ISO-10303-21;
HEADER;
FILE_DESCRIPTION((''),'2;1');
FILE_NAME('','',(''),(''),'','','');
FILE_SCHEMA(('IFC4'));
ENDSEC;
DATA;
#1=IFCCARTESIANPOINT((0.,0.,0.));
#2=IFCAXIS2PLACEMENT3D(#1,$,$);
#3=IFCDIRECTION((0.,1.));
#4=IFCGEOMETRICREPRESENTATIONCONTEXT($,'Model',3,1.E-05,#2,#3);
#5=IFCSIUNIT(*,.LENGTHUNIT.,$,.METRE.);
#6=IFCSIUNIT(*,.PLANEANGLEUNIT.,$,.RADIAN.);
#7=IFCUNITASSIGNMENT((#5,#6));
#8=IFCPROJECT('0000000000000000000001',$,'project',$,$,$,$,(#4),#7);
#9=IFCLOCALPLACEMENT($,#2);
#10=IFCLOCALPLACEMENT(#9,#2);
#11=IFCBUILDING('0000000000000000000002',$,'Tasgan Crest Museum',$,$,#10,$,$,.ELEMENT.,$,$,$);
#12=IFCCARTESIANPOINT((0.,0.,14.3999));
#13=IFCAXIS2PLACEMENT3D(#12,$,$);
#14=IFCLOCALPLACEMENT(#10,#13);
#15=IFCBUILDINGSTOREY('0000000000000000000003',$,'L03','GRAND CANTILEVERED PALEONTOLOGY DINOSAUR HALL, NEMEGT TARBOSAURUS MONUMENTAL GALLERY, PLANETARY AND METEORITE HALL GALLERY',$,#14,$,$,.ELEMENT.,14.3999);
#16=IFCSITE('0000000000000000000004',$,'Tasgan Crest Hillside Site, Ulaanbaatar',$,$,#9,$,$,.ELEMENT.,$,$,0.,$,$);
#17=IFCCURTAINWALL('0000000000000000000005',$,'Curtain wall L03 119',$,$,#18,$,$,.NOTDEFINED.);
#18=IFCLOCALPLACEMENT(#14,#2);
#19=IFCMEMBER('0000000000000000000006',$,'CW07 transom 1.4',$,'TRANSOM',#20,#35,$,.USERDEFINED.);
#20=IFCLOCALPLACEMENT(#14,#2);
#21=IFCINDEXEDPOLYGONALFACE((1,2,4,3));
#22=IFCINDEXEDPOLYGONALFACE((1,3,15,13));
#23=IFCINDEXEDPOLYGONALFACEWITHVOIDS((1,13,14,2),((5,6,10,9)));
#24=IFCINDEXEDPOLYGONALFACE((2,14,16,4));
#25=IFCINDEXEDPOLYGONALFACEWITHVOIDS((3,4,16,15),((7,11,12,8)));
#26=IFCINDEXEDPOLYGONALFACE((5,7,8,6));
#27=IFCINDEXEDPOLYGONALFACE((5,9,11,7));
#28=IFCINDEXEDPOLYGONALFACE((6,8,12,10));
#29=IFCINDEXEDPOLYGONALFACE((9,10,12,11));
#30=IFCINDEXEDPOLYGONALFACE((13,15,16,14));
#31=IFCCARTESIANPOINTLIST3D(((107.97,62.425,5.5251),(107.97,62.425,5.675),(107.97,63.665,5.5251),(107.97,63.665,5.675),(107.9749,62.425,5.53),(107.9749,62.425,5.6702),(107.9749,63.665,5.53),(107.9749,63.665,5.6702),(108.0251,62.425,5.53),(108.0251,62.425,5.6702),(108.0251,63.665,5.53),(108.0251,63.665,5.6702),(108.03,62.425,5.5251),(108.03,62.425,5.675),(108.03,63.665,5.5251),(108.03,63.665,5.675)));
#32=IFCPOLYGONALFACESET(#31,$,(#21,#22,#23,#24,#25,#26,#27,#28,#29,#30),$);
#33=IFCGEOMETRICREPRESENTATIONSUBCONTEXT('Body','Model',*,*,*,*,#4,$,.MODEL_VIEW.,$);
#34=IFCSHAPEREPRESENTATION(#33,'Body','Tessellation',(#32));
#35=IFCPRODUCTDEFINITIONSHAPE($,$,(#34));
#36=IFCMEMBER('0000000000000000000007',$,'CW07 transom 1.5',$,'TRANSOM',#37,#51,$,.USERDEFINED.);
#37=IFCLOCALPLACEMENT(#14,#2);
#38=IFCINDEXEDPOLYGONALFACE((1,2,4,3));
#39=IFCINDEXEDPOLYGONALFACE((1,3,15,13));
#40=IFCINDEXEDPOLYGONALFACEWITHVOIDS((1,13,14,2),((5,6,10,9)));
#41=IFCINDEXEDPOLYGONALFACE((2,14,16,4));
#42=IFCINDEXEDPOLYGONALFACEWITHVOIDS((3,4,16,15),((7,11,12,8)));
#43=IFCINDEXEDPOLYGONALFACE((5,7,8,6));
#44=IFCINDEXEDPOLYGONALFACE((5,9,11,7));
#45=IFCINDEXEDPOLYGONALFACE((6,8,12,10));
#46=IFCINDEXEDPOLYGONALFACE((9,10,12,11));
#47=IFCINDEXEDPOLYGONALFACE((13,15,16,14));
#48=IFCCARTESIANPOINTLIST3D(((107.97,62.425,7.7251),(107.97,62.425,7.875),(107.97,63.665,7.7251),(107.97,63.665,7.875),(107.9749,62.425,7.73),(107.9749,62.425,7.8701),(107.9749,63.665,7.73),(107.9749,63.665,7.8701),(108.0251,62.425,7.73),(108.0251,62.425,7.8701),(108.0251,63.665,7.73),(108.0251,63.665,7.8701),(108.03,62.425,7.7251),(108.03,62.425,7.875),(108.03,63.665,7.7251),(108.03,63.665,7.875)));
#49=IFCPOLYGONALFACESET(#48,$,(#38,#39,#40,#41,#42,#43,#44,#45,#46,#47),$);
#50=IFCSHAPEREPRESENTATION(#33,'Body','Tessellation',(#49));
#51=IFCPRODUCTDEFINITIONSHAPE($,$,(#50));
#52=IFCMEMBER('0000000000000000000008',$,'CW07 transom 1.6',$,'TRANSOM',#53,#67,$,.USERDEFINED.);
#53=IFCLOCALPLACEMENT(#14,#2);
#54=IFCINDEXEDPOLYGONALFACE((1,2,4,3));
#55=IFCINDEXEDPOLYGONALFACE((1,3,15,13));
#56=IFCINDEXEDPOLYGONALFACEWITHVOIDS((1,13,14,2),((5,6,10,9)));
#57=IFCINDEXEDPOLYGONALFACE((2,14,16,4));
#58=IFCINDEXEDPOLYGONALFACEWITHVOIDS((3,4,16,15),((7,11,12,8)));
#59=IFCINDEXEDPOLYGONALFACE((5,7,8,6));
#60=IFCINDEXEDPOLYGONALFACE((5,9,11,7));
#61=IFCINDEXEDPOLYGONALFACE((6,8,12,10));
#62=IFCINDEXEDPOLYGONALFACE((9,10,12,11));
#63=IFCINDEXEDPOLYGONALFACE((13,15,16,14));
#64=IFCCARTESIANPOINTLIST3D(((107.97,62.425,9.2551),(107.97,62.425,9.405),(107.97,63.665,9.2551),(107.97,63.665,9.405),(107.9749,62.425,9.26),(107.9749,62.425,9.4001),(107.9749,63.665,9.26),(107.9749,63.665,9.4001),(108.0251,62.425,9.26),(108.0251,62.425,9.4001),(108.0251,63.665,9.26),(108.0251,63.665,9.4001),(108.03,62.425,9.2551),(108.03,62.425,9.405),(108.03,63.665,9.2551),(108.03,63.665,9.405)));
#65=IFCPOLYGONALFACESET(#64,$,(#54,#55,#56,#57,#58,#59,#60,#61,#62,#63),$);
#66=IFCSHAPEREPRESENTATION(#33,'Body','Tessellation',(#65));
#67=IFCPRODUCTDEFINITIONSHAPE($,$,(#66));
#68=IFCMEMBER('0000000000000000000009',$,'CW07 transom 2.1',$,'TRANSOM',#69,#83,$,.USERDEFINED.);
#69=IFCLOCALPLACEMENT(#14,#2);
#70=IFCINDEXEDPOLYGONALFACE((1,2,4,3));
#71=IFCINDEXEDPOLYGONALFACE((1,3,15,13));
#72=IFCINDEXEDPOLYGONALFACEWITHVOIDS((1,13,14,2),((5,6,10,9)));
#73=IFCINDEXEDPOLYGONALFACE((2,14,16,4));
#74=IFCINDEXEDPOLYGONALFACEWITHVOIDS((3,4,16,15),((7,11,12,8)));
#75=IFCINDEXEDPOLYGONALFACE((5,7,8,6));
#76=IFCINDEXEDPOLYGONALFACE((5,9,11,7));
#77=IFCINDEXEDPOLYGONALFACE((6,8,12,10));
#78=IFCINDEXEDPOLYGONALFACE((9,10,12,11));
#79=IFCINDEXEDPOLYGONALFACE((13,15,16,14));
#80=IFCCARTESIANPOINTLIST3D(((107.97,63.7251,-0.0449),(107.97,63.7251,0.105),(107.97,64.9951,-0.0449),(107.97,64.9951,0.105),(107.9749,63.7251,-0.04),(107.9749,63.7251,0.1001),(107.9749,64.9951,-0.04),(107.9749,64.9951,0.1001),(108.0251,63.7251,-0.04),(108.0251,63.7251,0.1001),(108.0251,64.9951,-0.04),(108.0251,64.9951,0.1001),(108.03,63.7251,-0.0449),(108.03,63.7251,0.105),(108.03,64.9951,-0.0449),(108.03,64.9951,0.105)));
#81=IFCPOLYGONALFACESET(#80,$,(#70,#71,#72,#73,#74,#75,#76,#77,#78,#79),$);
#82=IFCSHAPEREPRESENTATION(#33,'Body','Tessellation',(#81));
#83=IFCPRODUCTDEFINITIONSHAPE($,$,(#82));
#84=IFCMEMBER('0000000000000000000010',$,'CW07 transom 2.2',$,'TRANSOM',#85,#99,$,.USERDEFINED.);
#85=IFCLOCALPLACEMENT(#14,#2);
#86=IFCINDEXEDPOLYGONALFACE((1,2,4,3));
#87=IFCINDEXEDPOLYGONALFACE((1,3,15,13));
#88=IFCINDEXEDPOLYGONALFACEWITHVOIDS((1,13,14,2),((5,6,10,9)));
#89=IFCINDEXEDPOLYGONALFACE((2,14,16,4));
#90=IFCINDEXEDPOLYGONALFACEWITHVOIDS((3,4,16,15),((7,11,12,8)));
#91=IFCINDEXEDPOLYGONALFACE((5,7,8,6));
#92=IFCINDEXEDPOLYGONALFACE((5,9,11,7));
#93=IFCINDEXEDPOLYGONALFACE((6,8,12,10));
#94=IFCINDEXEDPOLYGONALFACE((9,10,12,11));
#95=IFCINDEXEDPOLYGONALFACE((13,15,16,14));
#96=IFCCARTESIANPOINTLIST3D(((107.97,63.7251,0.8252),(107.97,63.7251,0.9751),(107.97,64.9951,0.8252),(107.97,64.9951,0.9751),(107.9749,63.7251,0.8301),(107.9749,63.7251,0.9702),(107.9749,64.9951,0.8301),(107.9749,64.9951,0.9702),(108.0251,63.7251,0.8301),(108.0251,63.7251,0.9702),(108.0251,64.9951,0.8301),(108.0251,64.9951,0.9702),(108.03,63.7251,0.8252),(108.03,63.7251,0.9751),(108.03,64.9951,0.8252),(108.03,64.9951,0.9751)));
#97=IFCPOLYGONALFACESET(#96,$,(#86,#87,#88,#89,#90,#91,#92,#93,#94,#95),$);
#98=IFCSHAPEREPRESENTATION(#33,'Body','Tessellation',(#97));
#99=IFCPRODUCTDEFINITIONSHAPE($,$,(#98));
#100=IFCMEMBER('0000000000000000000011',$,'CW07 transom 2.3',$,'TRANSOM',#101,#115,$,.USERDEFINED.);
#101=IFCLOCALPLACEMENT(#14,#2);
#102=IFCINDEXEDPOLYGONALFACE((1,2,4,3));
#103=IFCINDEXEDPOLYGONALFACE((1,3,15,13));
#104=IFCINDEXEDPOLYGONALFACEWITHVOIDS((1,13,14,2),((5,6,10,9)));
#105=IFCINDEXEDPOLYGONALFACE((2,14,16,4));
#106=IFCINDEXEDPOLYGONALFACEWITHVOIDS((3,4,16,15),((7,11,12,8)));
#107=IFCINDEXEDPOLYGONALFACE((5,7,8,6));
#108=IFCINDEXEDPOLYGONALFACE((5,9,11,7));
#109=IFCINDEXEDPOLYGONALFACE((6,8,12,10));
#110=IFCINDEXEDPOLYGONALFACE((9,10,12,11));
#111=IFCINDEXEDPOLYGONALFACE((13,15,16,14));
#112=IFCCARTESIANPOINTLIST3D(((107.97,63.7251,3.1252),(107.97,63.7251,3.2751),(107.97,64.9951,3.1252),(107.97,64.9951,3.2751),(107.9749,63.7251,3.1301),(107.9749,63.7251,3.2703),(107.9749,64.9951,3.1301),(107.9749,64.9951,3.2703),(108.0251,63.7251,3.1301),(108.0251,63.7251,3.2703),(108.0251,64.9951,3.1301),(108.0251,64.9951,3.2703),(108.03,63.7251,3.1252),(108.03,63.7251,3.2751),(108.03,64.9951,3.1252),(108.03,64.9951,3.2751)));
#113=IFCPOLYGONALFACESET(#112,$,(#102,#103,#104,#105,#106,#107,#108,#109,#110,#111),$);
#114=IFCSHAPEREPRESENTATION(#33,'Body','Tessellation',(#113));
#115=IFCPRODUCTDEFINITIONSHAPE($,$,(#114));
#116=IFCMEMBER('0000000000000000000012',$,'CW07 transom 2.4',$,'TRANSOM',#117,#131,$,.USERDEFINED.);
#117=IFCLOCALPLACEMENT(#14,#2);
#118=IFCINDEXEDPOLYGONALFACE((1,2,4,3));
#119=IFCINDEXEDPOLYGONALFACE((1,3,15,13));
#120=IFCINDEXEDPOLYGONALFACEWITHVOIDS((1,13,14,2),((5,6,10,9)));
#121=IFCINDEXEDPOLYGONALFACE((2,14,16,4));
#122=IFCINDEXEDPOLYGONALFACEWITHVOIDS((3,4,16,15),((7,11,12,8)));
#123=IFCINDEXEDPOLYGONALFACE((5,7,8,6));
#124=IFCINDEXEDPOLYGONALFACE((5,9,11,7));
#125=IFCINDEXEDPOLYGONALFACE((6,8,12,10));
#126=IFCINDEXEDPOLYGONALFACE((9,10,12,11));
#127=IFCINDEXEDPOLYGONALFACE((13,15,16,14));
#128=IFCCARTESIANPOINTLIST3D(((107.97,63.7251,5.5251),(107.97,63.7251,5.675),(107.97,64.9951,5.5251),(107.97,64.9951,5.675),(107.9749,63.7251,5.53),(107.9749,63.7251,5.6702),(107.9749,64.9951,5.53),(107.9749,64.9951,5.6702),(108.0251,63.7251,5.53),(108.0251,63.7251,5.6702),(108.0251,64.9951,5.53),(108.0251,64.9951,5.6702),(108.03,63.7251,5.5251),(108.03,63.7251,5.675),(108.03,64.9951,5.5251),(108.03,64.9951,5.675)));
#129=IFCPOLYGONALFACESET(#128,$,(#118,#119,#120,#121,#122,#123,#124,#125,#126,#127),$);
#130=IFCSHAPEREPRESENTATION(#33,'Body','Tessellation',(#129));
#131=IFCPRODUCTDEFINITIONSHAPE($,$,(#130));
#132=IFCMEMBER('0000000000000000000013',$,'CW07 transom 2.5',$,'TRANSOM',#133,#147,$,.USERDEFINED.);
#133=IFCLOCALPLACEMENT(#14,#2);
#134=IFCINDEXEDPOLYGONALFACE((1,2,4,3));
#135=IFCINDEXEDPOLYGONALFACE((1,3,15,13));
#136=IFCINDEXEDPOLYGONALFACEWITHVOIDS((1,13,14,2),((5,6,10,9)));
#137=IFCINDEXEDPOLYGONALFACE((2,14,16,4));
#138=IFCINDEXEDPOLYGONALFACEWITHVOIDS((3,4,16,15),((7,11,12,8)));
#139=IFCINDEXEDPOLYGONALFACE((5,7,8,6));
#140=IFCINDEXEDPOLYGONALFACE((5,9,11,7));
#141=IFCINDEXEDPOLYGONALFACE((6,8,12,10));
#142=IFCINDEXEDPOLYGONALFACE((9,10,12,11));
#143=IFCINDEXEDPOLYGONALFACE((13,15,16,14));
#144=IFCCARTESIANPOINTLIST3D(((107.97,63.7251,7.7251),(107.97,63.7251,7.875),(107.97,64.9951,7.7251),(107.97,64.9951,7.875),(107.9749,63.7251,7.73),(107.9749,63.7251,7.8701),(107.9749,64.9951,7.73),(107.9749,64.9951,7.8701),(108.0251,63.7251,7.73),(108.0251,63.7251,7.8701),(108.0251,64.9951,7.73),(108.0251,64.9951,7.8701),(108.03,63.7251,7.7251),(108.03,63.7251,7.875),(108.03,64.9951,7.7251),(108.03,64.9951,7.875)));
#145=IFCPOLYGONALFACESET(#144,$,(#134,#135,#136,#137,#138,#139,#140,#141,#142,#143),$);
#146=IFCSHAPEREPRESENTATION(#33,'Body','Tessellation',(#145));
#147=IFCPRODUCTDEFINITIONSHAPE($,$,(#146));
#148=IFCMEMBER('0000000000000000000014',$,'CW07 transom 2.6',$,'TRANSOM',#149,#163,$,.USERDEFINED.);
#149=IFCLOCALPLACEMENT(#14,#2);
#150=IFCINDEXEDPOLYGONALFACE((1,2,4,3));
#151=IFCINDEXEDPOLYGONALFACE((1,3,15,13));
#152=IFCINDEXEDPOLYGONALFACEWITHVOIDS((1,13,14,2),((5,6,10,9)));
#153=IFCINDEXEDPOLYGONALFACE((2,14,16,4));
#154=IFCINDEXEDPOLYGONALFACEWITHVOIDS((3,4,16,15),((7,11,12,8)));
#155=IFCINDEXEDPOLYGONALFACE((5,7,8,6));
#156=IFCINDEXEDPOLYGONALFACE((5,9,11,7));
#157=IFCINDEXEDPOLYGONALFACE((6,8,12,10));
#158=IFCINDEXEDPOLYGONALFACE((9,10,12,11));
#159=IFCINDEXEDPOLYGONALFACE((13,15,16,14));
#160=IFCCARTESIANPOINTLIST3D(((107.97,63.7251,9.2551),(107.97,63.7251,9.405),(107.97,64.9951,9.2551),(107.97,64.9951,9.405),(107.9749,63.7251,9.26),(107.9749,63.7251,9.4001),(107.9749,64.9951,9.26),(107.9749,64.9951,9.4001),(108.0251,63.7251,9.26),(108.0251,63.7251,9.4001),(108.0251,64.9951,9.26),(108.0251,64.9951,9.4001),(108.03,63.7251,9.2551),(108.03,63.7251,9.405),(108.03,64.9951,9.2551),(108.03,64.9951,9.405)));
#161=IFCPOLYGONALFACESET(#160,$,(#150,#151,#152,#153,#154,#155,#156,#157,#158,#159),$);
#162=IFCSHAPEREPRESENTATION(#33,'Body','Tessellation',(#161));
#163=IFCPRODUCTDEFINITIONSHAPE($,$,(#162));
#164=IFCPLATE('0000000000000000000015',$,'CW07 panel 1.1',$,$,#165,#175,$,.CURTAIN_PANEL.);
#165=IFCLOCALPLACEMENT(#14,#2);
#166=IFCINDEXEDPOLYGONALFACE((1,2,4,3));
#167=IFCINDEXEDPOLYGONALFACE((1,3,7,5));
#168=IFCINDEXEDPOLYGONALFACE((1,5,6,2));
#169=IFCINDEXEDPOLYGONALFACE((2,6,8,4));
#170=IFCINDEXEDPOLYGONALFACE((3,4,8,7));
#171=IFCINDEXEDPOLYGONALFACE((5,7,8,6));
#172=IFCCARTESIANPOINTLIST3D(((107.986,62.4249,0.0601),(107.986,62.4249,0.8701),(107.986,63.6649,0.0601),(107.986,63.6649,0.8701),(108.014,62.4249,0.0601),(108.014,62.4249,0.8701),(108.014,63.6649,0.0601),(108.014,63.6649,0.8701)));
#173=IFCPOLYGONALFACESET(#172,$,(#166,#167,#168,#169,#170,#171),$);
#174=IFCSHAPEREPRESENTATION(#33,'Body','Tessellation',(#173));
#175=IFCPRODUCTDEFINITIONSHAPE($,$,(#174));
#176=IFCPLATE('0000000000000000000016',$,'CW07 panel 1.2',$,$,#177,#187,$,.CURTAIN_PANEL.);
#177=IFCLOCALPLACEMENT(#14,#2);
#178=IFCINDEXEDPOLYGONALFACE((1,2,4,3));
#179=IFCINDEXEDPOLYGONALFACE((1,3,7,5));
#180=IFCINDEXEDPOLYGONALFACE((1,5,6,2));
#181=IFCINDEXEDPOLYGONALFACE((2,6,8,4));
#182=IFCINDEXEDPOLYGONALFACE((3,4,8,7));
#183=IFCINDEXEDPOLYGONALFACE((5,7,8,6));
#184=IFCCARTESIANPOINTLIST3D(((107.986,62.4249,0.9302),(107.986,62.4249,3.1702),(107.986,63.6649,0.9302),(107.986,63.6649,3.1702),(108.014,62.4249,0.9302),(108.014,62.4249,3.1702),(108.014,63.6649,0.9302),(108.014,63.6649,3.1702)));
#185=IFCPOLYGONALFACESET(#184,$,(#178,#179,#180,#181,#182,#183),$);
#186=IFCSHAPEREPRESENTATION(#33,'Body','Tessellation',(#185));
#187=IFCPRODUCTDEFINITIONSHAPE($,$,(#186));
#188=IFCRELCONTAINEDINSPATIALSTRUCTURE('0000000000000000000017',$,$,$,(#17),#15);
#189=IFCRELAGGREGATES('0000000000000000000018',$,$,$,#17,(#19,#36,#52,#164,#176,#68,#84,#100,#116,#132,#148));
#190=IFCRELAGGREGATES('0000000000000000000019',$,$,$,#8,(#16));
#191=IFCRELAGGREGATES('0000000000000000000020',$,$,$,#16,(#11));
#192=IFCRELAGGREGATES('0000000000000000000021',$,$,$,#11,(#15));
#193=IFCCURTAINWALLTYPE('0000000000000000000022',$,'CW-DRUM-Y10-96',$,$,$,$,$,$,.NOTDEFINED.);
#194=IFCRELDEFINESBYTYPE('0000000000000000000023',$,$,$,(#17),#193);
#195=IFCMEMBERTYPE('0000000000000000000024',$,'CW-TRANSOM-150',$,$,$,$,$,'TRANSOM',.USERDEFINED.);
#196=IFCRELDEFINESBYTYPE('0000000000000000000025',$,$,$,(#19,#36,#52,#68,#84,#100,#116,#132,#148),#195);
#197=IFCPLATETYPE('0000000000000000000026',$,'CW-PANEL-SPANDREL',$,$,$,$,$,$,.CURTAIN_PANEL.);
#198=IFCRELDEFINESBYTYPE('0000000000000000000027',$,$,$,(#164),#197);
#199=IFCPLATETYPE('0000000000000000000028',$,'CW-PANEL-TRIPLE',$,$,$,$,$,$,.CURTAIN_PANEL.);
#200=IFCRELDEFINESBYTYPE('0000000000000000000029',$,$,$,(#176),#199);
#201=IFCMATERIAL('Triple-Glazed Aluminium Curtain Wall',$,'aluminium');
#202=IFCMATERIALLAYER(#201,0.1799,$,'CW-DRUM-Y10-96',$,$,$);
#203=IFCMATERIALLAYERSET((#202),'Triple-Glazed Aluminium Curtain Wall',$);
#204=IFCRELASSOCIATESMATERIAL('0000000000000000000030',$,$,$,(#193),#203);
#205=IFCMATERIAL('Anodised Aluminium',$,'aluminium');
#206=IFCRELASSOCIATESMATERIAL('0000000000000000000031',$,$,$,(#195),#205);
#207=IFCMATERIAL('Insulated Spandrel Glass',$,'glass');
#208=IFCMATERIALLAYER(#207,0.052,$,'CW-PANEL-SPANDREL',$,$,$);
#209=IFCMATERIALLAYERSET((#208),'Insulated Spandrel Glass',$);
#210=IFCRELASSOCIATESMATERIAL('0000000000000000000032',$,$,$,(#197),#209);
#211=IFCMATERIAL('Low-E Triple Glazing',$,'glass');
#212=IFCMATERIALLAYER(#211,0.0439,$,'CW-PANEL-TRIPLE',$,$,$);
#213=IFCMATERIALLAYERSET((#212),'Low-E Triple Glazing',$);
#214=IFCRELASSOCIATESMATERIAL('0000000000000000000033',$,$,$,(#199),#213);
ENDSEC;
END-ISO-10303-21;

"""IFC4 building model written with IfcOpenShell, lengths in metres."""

from ifc_helpers import new_model, si_unit, direction, frame, origin, origin_2d, place, context, subcontext, project, spatial, rectangle, hollow_rectangle, extrude, material, layer, layer_set, material_profile, profile_set, type_object, element, aggregate, save


model = new_model("IFC4")

# Units and contexts
model_context = context("Model", 3, precision=1e-05, world=origin(), true_north=direction((0.0, 1.0)))
body_context = subcontext(model_context, "Body", "Model", "MODEL_VIEW")
ifc_project = project(units=[si_unit("LENGTHUNIT", "METRE"), si_unit("PLANEANGLEUNIT", "RADIAN")], contexts=[model_context])

# Site, building, storey
site_placement = place(None, origin())
site = spatial("IfcSite", under=ifc_project, at=site_placement, Name="Tasgan Crest Hillside Site, Ulaanbaatar", CompositionType="ELEMENT", RefElevation=0.0)
building_placement = place(site_placement, origin())
building = spatial("IfcBuilding", under=site, at=building_placement, Name="Tasgan Crest Museum", CompositionType="ELEMENT")
storey_placement = place(building_placement, frame((0.0, 0.0, 14.3999)))
storey = spatial("IfcBuildingStorey", under=building, at=storey_placement, Name="L03", Description="GRAND CANTILEVERED PALEONTOLOGY DINOSAUR HALL, NEMEGT TARBOSAURUS MONUMENTAL GALLERY, PLANETARY AND METEORITE HALL GALLERY", CompositionType="ELEMENT", Elevation=14.3999)

# Curtain wall, members, plates
ifc_material_1 = material(Name="Triple-Glazed Aluminium Curtain Wall", Category="aluminium")
ifc_layer_1 = layer(ifc_material_1, 0.1799, Name="CW-DRUM-Y10-96")
ifc_layer_set_1 = layer_set([ifc_layer_1], Name="Triple-Glazed Aluminium Curtain Wall")
curtain_wall_type = type_object("IfcCurtainWallType", Name="CW-DRUM-Y10-96", PredefinedType="NOTDEFINED", material=ifc_layer_set_1)
curtain_wall_placement = place(storey_placement, origin())
curtain_wall = element("IfcCurtainWall", 1, at=curtain_wall_placement, inside=storey, type_object=curtain_wall_type, Name="Curtain wall L03 119", PredefinedType="NOTDEFINED")
ifc_material_2 = material(Name="Anodised Aluminium", Category="aluminium")
ifc_material_profile_1 = material_profile(ifc_material_2, hollow_rectangle(XDim=0.0601, YDim=0.1499, WallThickness=0.0049, at=origin_2d()), Name="ALU TRANSOM 150x60x5")
ifc_profile_set_1 = profile_set([ifc_material_profile_1], Name="Anodised Aluminium")
member_type_1 = type_object("IfcMemberType", Name="CW-TRANSOM-150", ElementType="TRANSOM", PredefinedType="USERDEFINED", material=ifc_profile_set_1)
member_1_placement = place(storey_placement, frame((108.0, 62.425, 5.6001), z_axis=(0.0, 1.0, 0.0), x_axis=(-1.0, 0.0, 0.0)))
member_1 = element("IfcMember", 2, at=member_1_placement, type_object=member_type_1, Name="CW07 transom 1.4", ObjectType="TRANSOM", PredefinedType="USERDEFINED", context=body_context, shape_type="SweptSolid", body=[
    extrude(hollow_rectangle(XDim=0.0601, YDim=0.1499, WallThickness=0.0049, at=origin_2d()), origin(), (0.0, 0.0, 1.0), 1.24),
])
member_2_placement = place(storey_placement, frame((108.0, 62.425, 7.8), z_axis=(0.0, 1.0, 0.0), x_axis=(-1.0, 0.0, 0.0)))
member_2 = element("IfcMember", 3, at=member_2_placement, type_object=member_type_1, Name="CW07 transom 1.5", ObjectType="TRANSOM", PredefinedType="USERDEFINED", context=body_context, shape_type="SweptSolid", body=[
    extrude(hollow_rectangle(XDim=0.0601, YDim=0.1499, WallThickness=0.0049, at=origin_2d()), origin(), (0.0, 0.0, 1.0), 1.24),
])
member_3_placement = place(storey_placement, frame((108.0, 62.425, 9.3301), z_axis=(0.0, 1.0, 0.0), x_axis=(-1.0, 0.0, 0.0)))
member_3 = element("IfcMember", 4, at=member_3_placement, type_object=member_type_1, Name="CW07 transom 1.6", ObjectType="TRANSOM", PredefinedType="USERDEFINED", context=body_context, shape_type="SweptSolid", body=[
    extrude(hollow_rectangle(XDim=0.0601, YDim=0.1499, WallThickness=0.0049, at=origin_2d()), origin(), (0.0, 0.0, 1.0), 1.24),
])
member_4_placement = place(storey_placement, frame((108.0, 63.7251, 0.03), z_axis=(0.0, 1.0, 0.0), x_axis=(-1.0, 0.0, 0.0)))
member_4 = element("IfcMember", 5, at=member_4_placement, type_object=member_type_1, Name="CW07 transom 2.1", ObjectType="TRANSOM", PredefinedType="USERDEFINED", context=body_context, shape_type="SweptSolid", body=[
    extrude(hollow_rectangle(XDim=0.0601, YDim=0.1499, WallThickness=0.0049, at=origin_2d()), origin(), (0.0, 0.0, 1.0), 1.27),
])
member_5_placement = place(storey_placement, frame((108.0, 63.7251, 0.9001), z_axis=(0.0, 1.0, 0.0), x_axis=(-1.0, 0.0, 0.0)))
member_5 = element("IfcMember", 6, at=member_5_placement, type_object=member_type_1, Name="CW07 transom 2.2", ObjectType="TRANSOM", PredefinedType="USERDEFINED", context=body_context, shape_type="SweptSolid", body=[
    extrude(hollow_rectangle(XDim=0.0601, YDim=0.1499, WallThickness=0.0049, at=origin_2d()), origin(), (0.0, 0.0, 1.0), 1.27),
])
member_6_placement = place(storey_placement, frame((108.0, 63.7251, 3.2002), z_axis=(0.0, 1.0, 0.0), x_axis=(-1.0, 0.0, 0.0)))
member_6 = element("IfcMember", 7, at=member_6_placement, type_object=member_type_1, Name="CW07 transom 2.3", ObjectType="TRANSOM", PredefinedType="USERDEFINED", context=body_context, shape_type="SweptSolid", body=[
    extrude(hollow_rectangle(XDim=0.0601, YDim=0.1499, WallThickness=0.0049, at=origin_2d()), origin(), (0.0, 0.0, 1.0), 1.27),
])
member_7_placement = place(storey_placement, frame((108.0, 63.7251, 5.6001), z_axis=(0.0, 1.0, 0.0), x_axis=(-1.0, 0.0, 0.0)))
member_7 = element("IfcMember", 8, at=member_7_placement, type_object=member_type_1, Name="CW07 transom 2.4", ObjectType="TRANSOM", PredefinedType="USERDEFINED", context=body_context, shape_type="SweptSolid", body=[
    extrude(hollow_rectangle(XDim=0.0601, YDim=0.1499, WallThickness=0.0049, at=origin_2d()), origin(), (0.0, 0.0, 1.0), 1.27),
])
member_8_placement = place(storey_placement, frame((108.0, 63.7251, 7.8), z_axis=(0.0, 1.0, 0.0), x_axis=(-1.0, 0.0, 0.0)))
member_8 = element("IfcMember", 9, at=member_8_placement, type_object=member_type_1, Name="CW07 transom 2.5", ObjectType="TRANSOM", PredefinedType="USERDEFINED", context=body_context, shape_type="SweptSolid", body=[
    extrude(hollow_rectangle(XDim=0.0601, YDim=0.1499, WallThickness=0.0049, at=origin_2d()), origin(), (0.0, 0.0, 1.0), 1.27),
])
member_9_placement = place(storey_placement, frame((108.0, 63.7251, 9.3301), z_axis=(0.0, 1.0, 0.0), x_axis=(-1.0, 0.0, 0.0)))
member_9 = element("IfcMember", 10, at=member_9_placement, type_object=member_type_1, Name="CW07 transom 2.6", ObjectType="TRANSOM", PredefinedType="USERDEFINED", context=body_context, shape_type="SweptSolid", body=[
    extrude(hollow_rectangle(XDim=0.0601, YDim=0.1499, WallThickness=0.0049, at=origin_2d()), origin(), (0.0, 0.0, 1.0), 1.27),
])
ifc_material_3 = material(Name="Insulated Spandrel Glass", Category="glass")
ifc_layer_2 = layer(ifc_material_3, 0.052, Name="CW-PANEL-SPANDREL")
ifc_layer_set_2 = layer_set([ifc_layer_2], Name="Insulated Spandrel Glass")
plate_type_1 = type_object("IfcPlateType", Name="CW-PANEL-SPANDREL", PredefinedType="CURTAIN_PANEL", material=ifc_layer_set_2)
plate_1_placement = place(storey_placement, frame((108.0, 63.0449, 0.0601), z_axis=(0.0, 0.0, 1.0), x_axis=(0.0, 1.0, 0.0)))
plate_1 = element("IfcPlate", 11, at=plate_1_placement, type_object=plate_type_1, Name="CW07 panel 1.1", PredefinedType="CURTAIN_PANEL", context=body_context, shape_type="SweptSolid", body=[
    extrude(rectangle(XDim=1.24, YDim=0.0281, at=origin_2d()), origin(), (0.0, 0.0, 1.0), 0.8101),
])
ifc_material_4 = material(Name="Low-E Triple Glazing", Category="glass")
ifc_layer_3 = layer(ifc_material_4, 0.0439, Name="CW-PANEL-TRIPLE")
ifc_layer_set_3 = layer_set([ifc_layer_3], Name="Low-E Triple Glazing")
plate_type_2 = type_object("IfcPlateType", Name="CW-PANEL-TRIPLE", PredefinedType="CURTAIN_PANEL", material=ifc_layer_set_3)
plate_2_placement = place(storey_placement, frame((108.0, 63.0449, 0.9302), z_axis=(0.0, 0.0, 1.0), x_axis=(0.0, 1.0, 0.0)))
plate_2 = element("IfcPlate", 12, at=plate_2_placement, type_object=plate_type_2, Name="CW07 panel 1.2", PredefinedType="CURTAIN_PANEL", context=body_context, shape_type="SweptSolid", body=[
    extrude(rectangle(XDim=1.24, YDim=0.0281, at=origin_2d()), origin(), (0.0, 0.0, 1.0), 2.24),
])
aggregate(curtain_wall, [member_1, member_2, member_3, plate_1, plate_2, member_4, member_5, member_6, member_7, member_8, member_9])

save(model, "model.ifc")
